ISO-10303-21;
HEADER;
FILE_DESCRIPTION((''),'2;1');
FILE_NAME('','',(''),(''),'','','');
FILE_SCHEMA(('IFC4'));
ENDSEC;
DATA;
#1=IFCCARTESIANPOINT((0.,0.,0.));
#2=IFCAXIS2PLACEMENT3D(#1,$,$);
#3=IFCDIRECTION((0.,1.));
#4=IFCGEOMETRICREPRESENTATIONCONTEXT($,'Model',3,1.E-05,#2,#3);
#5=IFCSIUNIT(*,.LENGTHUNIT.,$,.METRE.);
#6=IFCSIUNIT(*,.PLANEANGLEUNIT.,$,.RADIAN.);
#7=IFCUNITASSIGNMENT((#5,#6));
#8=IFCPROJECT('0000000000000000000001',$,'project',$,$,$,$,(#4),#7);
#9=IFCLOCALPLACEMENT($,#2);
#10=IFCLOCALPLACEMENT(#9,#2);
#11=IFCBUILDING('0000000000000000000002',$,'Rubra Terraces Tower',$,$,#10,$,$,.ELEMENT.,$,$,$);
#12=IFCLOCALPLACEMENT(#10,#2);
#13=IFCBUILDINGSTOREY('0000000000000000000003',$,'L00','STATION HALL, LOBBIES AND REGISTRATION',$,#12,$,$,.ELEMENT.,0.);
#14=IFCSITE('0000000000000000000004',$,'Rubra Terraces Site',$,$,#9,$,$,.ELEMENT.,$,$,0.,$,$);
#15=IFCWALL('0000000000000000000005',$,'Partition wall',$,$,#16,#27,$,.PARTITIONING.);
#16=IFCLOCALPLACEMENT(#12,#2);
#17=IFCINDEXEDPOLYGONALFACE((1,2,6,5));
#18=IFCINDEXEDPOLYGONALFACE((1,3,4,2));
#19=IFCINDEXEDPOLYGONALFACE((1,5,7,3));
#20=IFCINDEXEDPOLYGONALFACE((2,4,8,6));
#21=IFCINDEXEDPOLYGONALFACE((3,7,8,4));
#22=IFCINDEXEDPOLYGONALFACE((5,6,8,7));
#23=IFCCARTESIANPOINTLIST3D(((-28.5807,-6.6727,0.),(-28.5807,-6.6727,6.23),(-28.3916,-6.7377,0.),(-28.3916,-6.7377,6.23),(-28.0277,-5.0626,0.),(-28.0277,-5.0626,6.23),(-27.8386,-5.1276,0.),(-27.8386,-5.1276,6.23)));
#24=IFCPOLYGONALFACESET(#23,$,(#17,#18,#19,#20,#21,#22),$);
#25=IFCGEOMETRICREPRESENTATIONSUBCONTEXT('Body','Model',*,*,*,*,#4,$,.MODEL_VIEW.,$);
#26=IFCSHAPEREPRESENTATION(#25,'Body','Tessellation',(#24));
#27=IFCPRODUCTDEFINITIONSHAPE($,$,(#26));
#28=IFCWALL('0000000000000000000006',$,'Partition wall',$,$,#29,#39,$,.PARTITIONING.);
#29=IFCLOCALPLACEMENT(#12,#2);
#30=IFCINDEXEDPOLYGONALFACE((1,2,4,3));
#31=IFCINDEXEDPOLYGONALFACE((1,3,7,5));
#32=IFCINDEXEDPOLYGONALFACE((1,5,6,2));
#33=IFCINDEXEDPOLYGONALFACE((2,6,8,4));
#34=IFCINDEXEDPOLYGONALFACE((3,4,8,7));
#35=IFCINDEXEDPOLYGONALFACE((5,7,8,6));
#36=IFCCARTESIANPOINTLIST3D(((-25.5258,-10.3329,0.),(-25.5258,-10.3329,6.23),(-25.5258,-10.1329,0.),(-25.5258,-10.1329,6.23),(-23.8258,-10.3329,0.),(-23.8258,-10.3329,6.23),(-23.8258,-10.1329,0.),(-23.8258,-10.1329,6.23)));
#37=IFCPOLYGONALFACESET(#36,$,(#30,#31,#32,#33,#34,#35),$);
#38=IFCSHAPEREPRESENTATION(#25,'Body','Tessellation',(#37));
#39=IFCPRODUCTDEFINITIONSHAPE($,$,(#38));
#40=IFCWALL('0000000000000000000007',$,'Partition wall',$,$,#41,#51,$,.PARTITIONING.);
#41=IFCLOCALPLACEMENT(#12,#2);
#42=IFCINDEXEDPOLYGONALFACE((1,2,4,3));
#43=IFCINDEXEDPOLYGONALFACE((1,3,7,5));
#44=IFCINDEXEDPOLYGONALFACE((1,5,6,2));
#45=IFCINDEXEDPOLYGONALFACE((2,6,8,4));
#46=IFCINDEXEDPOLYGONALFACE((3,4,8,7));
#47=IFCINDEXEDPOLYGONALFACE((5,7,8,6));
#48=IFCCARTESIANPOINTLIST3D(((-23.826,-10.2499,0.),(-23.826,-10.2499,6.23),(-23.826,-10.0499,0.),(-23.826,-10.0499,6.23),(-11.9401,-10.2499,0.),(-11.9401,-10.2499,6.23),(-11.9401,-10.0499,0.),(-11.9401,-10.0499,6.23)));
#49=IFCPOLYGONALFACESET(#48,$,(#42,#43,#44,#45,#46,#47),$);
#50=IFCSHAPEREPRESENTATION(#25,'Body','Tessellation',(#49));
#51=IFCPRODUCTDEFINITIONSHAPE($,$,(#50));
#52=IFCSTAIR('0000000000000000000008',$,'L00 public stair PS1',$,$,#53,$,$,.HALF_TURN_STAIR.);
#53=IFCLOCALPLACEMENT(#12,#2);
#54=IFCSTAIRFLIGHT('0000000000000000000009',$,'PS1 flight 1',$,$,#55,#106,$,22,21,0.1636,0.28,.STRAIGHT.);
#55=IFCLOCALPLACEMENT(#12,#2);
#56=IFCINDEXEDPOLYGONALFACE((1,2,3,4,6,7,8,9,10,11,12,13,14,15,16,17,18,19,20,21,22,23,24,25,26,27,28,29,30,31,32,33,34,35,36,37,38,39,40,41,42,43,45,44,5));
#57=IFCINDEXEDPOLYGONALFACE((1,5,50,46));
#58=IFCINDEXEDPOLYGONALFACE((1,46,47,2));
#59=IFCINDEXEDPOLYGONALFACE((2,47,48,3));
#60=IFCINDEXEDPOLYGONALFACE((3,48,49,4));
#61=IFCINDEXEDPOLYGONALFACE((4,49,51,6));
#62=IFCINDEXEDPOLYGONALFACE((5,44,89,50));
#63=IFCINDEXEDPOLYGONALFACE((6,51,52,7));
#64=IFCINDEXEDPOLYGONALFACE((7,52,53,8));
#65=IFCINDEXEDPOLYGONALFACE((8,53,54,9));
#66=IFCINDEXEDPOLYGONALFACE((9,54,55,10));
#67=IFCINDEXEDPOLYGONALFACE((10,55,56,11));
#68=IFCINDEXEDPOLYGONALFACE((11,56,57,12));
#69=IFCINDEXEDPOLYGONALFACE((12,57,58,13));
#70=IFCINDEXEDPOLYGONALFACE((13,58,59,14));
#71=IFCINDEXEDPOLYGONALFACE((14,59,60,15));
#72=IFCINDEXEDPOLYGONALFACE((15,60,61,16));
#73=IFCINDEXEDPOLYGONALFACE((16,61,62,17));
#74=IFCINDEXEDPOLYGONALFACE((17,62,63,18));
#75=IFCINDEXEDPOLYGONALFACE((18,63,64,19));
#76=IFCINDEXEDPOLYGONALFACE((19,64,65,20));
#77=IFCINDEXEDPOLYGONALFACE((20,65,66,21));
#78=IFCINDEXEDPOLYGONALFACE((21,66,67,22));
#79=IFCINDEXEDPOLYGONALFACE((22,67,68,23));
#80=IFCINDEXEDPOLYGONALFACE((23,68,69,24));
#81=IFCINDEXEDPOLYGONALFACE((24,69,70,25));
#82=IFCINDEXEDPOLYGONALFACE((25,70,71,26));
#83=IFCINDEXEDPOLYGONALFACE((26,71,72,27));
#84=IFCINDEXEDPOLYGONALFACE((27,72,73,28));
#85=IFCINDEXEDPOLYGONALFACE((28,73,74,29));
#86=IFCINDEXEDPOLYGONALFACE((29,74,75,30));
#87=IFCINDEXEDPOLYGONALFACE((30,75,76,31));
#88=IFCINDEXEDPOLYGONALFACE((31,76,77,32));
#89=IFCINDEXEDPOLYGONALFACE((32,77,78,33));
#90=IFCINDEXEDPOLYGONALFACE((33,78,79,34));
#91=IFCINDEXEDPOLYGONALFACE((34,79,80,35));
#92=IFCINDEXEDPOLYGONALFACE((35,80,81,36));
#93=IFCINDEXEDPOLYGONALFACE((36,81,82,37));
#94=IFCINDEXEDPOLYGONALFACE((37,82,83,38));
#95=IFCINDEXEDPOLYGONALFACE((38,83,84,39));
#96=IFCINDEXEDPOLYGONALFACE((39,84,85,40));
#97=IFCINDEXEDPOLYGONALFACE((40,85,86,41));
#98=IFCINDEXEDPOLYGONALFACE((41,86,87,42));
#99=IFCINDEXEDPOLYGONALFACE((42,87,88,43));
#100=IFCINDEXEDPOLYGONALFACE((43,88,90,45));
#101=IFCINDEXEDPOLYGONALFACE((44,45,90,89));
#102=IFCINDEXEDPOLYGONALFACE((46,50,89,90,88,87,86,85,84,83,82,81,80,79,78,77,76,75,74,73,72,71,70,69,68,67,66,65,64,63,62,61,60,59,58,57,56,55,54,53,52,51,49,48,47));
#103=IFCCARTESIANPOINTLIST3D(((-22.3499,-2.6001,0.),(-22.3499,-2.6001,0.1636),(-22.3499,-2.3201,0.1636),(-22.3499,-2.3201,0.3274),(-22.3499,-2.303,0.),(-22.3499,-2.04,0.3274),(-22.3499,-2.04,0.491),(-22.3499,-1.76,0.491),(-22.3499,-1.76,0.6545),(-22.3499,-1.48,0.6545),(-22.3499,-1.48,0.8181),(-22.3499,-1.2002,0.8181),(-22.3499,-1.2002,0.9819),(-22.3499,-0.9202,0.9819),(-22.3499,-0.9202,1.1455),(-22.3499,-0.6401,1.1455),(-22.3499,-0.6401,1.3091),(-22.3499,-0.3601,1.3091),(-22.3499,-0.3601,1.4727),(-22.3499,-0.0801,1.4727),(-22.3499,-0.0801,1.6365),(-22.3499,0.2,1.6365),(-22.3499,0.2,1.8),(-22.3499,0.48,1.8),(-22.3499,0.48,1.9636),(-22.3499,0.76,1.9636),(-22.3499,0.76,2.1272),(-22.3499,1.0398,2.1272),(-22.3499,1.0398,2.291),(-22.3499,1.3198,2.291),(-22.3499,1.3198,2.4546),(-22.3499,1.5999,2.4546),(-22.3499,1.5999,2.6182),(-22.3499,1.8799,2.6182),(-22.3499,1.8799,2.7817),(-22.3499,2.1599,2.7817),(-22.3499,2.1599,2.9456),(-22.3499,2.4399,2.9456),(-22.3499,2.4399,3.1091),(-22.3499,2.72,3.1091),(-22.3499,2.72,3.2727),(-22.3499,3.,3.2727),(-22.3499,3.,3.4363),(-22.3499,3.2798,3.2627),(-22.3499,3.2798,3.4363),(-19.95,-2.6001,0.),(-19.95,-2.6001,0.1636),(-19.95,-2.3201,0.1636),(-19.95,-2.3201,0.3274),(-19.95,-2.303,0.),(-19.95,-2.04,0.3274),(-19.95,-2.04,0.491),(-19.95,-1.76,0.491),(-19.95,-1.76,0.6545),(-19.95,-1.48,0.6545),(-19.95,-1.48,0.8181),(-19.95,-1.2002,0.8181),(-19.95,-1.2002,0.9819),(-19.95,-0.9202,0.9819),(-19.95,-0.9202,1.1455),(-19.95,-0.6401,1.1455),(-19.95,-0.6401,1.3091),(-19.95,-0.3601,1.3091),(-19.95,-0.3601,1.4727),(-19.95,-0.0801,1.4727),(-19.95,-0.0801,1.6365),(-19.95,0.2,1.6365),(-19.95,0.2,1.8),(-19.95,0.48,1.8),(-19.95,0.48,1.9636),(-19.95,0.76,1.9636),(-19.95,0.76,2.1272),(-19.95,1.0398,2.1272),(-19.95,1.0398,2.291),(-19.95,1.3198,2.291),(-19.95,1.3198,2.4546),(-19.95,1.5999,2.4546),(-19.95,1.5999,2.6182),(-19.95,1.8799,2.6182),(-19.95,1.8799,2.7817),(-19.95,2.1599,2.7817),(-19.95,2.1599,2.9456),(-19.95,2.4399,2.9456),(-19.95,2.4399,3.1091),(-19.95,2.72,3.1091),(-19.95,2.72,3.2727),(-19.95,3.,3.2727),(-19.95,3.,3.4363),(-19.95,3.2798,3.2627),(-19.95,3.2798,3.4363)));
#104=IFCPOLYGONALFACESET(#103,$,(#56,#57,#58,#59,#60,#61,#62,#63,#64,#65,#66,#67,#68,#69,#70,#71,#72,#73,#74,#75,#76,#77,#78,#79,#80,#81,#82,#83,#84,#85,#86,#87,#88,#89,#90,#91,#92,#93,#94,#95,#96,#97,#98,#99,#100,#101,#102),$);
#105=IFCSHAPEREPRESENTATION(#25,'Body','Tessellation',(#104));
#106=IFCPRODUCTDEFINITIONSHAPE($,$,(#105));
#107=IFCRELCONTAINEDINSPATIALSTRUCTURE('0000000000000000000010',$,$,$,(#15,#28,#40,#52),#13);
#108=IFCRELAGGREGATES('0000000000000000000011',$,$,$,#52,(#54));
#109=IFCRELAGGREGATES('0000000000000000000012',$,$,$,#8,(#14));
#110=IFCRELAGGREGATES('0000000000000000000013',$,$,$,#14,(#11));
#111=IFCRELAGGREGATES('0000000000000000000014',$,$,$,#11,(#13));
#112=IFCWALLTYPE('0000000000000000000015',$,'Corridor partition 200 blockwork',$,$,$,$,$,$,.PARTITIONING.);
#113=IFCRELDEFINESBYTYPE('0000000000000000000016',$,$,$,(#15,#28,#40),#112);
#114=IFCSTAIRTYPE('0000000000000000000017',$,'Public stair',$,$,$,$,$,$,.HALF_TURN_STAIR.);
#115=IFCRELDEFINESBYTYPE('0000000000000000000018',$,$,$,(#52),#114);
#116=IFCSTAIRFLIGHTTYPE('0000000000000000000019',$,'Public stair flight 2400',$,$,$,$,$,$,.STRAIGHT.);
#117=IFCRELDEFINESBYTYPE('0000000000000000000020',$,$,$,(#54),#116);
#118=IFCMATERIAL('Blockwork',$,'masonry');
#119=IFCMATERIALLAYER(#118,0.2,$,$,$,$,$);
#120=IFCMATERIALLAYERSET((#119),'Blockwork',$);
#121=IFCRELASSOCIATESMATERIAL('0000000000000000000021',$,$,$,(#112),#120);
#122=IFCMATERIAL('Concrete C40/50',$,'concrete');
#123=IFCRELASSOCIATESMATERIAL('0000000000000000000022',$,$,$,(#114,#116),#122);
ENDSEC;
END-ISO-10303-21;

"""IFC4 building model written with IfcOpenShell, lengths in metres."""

from ifc_helpers import new_model, si_unit, direction, frame, frame_2d, origin, place, context, subcontext, project, spatial, polyline, rectangle, outline, extrude, material, layer, layer_set, type_object, element, aggregate, save


model = new_model("IFC4")

# Units and contexts
model_context = context("Model", 3, precision=1e-05, world=origin(), true_north=direction((0.0, 1.0)))
body_context = subcontext(model_context, "Body", "Model", "MODEL_VIEW")
ifc_project = project(units=[si_unit("LENGTHUNIT", "METRE"), si_unit("PLANEANGLEUNIT", "RADIAN")], contexts=[model_context])

# Site, building, storey
site_placement = place(None, origin())
site = spatial("IfcSite", under=ifc_project, at=site_placement, Name="Rubra Terraces Site", CompositionType="ELEMENT", RefElevation=0.0)
building_placement = place(site_placement, origin())
building = spatial("IfcBuilding", under=site, at=building_placement, Name="Rubra Terraces Tower", CompositionType="ELEMENT")
storey_placement = place(building_placement, origin())
storey = spatial("IfcBuildingStorey", under=building, at=storey_placement, Name="L00", Description="STATION HALL, LOBBIES AND REGISTRATION", CompositionType="ELEMENT", Elevation=0.0)

# Shared definitions
ifc_material_1 = material(Name="Blockwork", Category="masonry")
ifc_layer_1 = layer(ifc_material_1, 0.2)
ifc_layer_set_1 = layer_set([ifc_layer_1], Name="Blockwork")
wall_type_1 = type_object("IfcWallType", Name="Corridor partition 200 blockwork", PredefinedType="PARTITIONING", material=ifc_layer_set_1)

# Walls
wall_1_placement = place(storey_placement, frame((-28.4861, -6.7051, 0.0), z_axis=(0.0, 0.0, 1.0), x_axis=(0.324819, 0.945776, 0.0)))
element("IfcWall", 1, at=wall_1_placement, inside=storey, type_object=wall_type_1, Name="Partition wall", PredefinedType="PARTITIONING", context=body_context, shape_type="SweptSolid", body=[
    extrude(rectangle(XDim=1.7024, YDim=0.2, at=frame_2d((0.8511, 0.0))), origin(), (0.0, 0.0, 1.0), 6.23),
])
wall_2_placement = place(storey_placement, frame((-25.5259, -10.2329, 0.0), z_axis=(0.0, 0.0, 1.0), x_axis=(1.0, 0.0, 0.0)))
element("IfcWall", 2, at=wall_2_placement, inside=storey, type_object=wall_type_1, Name="Partition wall", PredefinedType="PARTITIONING", context=body_context, shape_type="SweptSolid", body=[
    extrude(rectangle(XDim=1.7, YDim=0.2, at=frame_2d((0.8501, 0.0))), origin(), (0.0, 0.0, 1.0), 6.23),
])
wall_3_placement = place(storey_placement, frame((-23.8259, -10.1499, 0.0), z_axis=(0.0, 0.0, 1.0), x_axis=(1.0, 0.0, 0.0)))
element("IfcWall", 3, at=wall_3_placement, inside=storey, type_object=wall_type_1, Name="Partition wall", PredefinedType="PARTITIONING", context=body_context, shape_type="SweptSolid", body=[
    extrude(rectangle(XDim=11.886, YDim=0.2, at=frame_2d((5.9429, 0.0))), origin(), (0.0, 0.0, 1.0), 6.23),
])

# Stair, stair flight
ifc_material_2 = material(Name="Concrete C40/50", Category="concrete")
stair_type = type_object("IfcStairType", Name="Public stair", PredefinedType="HALF_TURN_STAIR", material=ifc_material_2)
stair_placement = place(storey_placement, origin())
stair = element("IfcStair", 4, at=stair_placement, inside=storey, type_object=stair_type, Name="L00 public stair PS1", PredefinedType="HALF_TURN_STAIR")
stair_flight_type = type_object("IfcStairFlightType", Name="Public stair flight 2400", PredefinedType="STRAIGHT", material=ifc_material_2)
stair_flight_placement = place(storey_placement, frame((-21.1499, -2.6001, 0.0), z_axis=(0.0, 0.0, 1.0), x_axis=(0.0, 1.0, 0.0)))
stair_flight = element("IfcStairFlight", 5, at=stair_flight_placement, type_object=stair_flight_type, Name="PS1 flight 1", NumberOfRisers=22, NumberOfTreads=21, PredefinedType="STRAIGHT", RiserHeight=0.1636, TreadLength=0.28, context=body_context, shape_type="SweptSolid", body=[
    extrude(outline(polyline([(0.0, 0.0), (0.0, 0.1636), (0.28, 0.1636), (0.28, 0.3274), (0.5601, 0.3274), (0.5601, 0.491), (0.8401, 0.491), (0.8401, 0.6545), (1.1201, 0.6545), (1.1201, 0.8181), (1.3999, 0.8181), (1.3999, 0.9819), (1.6799, 0.9819), (1.6799, 1.1455), (1.96, 1.1455), (1.96, 1.3091), (2.24, 1.3091), (2.24, 1.4727), (2.52, 1.4727), (2.52, 1.6365), (2.8, 1.6365), (2.8, 1.8), (3.0801, 1.8), (3.0801, 1.9636), (3.3601, 1.9636), (3.3601, 2.1272), (3.6399, 2.1272), (3.6399, 2.291), (3.9199, 2.291), (3.9199, 2.4546), (4.2, 2.4546), (4.2, 2.6182), (4.48, 2.6182), (4.48, 2.7817), (4.76, 2.7817), (4.76, 2.9456), (5.04, 2.9456), (5.04, 3.1091), (5.3201, 3.1091), (5.3201, 3.2727), (5.6001, 3.2727), (5.6001, 3.4363), (5.8799, 3.4363), (5.8799, 3.6001), (5.8799, 3.2627), (0.2971, 0.0), (0.0, 0.0)])), frame((0.0, 1.2, 0.0), z_axis=(0.0, -1.0, 0.0), x_axis=(1.0, 0.0, 0.0)), (0.0, 0.0, 1.0), 2.3999),
])
aggregate(stair, [stair_flight])

save(model, "model.ifc")
